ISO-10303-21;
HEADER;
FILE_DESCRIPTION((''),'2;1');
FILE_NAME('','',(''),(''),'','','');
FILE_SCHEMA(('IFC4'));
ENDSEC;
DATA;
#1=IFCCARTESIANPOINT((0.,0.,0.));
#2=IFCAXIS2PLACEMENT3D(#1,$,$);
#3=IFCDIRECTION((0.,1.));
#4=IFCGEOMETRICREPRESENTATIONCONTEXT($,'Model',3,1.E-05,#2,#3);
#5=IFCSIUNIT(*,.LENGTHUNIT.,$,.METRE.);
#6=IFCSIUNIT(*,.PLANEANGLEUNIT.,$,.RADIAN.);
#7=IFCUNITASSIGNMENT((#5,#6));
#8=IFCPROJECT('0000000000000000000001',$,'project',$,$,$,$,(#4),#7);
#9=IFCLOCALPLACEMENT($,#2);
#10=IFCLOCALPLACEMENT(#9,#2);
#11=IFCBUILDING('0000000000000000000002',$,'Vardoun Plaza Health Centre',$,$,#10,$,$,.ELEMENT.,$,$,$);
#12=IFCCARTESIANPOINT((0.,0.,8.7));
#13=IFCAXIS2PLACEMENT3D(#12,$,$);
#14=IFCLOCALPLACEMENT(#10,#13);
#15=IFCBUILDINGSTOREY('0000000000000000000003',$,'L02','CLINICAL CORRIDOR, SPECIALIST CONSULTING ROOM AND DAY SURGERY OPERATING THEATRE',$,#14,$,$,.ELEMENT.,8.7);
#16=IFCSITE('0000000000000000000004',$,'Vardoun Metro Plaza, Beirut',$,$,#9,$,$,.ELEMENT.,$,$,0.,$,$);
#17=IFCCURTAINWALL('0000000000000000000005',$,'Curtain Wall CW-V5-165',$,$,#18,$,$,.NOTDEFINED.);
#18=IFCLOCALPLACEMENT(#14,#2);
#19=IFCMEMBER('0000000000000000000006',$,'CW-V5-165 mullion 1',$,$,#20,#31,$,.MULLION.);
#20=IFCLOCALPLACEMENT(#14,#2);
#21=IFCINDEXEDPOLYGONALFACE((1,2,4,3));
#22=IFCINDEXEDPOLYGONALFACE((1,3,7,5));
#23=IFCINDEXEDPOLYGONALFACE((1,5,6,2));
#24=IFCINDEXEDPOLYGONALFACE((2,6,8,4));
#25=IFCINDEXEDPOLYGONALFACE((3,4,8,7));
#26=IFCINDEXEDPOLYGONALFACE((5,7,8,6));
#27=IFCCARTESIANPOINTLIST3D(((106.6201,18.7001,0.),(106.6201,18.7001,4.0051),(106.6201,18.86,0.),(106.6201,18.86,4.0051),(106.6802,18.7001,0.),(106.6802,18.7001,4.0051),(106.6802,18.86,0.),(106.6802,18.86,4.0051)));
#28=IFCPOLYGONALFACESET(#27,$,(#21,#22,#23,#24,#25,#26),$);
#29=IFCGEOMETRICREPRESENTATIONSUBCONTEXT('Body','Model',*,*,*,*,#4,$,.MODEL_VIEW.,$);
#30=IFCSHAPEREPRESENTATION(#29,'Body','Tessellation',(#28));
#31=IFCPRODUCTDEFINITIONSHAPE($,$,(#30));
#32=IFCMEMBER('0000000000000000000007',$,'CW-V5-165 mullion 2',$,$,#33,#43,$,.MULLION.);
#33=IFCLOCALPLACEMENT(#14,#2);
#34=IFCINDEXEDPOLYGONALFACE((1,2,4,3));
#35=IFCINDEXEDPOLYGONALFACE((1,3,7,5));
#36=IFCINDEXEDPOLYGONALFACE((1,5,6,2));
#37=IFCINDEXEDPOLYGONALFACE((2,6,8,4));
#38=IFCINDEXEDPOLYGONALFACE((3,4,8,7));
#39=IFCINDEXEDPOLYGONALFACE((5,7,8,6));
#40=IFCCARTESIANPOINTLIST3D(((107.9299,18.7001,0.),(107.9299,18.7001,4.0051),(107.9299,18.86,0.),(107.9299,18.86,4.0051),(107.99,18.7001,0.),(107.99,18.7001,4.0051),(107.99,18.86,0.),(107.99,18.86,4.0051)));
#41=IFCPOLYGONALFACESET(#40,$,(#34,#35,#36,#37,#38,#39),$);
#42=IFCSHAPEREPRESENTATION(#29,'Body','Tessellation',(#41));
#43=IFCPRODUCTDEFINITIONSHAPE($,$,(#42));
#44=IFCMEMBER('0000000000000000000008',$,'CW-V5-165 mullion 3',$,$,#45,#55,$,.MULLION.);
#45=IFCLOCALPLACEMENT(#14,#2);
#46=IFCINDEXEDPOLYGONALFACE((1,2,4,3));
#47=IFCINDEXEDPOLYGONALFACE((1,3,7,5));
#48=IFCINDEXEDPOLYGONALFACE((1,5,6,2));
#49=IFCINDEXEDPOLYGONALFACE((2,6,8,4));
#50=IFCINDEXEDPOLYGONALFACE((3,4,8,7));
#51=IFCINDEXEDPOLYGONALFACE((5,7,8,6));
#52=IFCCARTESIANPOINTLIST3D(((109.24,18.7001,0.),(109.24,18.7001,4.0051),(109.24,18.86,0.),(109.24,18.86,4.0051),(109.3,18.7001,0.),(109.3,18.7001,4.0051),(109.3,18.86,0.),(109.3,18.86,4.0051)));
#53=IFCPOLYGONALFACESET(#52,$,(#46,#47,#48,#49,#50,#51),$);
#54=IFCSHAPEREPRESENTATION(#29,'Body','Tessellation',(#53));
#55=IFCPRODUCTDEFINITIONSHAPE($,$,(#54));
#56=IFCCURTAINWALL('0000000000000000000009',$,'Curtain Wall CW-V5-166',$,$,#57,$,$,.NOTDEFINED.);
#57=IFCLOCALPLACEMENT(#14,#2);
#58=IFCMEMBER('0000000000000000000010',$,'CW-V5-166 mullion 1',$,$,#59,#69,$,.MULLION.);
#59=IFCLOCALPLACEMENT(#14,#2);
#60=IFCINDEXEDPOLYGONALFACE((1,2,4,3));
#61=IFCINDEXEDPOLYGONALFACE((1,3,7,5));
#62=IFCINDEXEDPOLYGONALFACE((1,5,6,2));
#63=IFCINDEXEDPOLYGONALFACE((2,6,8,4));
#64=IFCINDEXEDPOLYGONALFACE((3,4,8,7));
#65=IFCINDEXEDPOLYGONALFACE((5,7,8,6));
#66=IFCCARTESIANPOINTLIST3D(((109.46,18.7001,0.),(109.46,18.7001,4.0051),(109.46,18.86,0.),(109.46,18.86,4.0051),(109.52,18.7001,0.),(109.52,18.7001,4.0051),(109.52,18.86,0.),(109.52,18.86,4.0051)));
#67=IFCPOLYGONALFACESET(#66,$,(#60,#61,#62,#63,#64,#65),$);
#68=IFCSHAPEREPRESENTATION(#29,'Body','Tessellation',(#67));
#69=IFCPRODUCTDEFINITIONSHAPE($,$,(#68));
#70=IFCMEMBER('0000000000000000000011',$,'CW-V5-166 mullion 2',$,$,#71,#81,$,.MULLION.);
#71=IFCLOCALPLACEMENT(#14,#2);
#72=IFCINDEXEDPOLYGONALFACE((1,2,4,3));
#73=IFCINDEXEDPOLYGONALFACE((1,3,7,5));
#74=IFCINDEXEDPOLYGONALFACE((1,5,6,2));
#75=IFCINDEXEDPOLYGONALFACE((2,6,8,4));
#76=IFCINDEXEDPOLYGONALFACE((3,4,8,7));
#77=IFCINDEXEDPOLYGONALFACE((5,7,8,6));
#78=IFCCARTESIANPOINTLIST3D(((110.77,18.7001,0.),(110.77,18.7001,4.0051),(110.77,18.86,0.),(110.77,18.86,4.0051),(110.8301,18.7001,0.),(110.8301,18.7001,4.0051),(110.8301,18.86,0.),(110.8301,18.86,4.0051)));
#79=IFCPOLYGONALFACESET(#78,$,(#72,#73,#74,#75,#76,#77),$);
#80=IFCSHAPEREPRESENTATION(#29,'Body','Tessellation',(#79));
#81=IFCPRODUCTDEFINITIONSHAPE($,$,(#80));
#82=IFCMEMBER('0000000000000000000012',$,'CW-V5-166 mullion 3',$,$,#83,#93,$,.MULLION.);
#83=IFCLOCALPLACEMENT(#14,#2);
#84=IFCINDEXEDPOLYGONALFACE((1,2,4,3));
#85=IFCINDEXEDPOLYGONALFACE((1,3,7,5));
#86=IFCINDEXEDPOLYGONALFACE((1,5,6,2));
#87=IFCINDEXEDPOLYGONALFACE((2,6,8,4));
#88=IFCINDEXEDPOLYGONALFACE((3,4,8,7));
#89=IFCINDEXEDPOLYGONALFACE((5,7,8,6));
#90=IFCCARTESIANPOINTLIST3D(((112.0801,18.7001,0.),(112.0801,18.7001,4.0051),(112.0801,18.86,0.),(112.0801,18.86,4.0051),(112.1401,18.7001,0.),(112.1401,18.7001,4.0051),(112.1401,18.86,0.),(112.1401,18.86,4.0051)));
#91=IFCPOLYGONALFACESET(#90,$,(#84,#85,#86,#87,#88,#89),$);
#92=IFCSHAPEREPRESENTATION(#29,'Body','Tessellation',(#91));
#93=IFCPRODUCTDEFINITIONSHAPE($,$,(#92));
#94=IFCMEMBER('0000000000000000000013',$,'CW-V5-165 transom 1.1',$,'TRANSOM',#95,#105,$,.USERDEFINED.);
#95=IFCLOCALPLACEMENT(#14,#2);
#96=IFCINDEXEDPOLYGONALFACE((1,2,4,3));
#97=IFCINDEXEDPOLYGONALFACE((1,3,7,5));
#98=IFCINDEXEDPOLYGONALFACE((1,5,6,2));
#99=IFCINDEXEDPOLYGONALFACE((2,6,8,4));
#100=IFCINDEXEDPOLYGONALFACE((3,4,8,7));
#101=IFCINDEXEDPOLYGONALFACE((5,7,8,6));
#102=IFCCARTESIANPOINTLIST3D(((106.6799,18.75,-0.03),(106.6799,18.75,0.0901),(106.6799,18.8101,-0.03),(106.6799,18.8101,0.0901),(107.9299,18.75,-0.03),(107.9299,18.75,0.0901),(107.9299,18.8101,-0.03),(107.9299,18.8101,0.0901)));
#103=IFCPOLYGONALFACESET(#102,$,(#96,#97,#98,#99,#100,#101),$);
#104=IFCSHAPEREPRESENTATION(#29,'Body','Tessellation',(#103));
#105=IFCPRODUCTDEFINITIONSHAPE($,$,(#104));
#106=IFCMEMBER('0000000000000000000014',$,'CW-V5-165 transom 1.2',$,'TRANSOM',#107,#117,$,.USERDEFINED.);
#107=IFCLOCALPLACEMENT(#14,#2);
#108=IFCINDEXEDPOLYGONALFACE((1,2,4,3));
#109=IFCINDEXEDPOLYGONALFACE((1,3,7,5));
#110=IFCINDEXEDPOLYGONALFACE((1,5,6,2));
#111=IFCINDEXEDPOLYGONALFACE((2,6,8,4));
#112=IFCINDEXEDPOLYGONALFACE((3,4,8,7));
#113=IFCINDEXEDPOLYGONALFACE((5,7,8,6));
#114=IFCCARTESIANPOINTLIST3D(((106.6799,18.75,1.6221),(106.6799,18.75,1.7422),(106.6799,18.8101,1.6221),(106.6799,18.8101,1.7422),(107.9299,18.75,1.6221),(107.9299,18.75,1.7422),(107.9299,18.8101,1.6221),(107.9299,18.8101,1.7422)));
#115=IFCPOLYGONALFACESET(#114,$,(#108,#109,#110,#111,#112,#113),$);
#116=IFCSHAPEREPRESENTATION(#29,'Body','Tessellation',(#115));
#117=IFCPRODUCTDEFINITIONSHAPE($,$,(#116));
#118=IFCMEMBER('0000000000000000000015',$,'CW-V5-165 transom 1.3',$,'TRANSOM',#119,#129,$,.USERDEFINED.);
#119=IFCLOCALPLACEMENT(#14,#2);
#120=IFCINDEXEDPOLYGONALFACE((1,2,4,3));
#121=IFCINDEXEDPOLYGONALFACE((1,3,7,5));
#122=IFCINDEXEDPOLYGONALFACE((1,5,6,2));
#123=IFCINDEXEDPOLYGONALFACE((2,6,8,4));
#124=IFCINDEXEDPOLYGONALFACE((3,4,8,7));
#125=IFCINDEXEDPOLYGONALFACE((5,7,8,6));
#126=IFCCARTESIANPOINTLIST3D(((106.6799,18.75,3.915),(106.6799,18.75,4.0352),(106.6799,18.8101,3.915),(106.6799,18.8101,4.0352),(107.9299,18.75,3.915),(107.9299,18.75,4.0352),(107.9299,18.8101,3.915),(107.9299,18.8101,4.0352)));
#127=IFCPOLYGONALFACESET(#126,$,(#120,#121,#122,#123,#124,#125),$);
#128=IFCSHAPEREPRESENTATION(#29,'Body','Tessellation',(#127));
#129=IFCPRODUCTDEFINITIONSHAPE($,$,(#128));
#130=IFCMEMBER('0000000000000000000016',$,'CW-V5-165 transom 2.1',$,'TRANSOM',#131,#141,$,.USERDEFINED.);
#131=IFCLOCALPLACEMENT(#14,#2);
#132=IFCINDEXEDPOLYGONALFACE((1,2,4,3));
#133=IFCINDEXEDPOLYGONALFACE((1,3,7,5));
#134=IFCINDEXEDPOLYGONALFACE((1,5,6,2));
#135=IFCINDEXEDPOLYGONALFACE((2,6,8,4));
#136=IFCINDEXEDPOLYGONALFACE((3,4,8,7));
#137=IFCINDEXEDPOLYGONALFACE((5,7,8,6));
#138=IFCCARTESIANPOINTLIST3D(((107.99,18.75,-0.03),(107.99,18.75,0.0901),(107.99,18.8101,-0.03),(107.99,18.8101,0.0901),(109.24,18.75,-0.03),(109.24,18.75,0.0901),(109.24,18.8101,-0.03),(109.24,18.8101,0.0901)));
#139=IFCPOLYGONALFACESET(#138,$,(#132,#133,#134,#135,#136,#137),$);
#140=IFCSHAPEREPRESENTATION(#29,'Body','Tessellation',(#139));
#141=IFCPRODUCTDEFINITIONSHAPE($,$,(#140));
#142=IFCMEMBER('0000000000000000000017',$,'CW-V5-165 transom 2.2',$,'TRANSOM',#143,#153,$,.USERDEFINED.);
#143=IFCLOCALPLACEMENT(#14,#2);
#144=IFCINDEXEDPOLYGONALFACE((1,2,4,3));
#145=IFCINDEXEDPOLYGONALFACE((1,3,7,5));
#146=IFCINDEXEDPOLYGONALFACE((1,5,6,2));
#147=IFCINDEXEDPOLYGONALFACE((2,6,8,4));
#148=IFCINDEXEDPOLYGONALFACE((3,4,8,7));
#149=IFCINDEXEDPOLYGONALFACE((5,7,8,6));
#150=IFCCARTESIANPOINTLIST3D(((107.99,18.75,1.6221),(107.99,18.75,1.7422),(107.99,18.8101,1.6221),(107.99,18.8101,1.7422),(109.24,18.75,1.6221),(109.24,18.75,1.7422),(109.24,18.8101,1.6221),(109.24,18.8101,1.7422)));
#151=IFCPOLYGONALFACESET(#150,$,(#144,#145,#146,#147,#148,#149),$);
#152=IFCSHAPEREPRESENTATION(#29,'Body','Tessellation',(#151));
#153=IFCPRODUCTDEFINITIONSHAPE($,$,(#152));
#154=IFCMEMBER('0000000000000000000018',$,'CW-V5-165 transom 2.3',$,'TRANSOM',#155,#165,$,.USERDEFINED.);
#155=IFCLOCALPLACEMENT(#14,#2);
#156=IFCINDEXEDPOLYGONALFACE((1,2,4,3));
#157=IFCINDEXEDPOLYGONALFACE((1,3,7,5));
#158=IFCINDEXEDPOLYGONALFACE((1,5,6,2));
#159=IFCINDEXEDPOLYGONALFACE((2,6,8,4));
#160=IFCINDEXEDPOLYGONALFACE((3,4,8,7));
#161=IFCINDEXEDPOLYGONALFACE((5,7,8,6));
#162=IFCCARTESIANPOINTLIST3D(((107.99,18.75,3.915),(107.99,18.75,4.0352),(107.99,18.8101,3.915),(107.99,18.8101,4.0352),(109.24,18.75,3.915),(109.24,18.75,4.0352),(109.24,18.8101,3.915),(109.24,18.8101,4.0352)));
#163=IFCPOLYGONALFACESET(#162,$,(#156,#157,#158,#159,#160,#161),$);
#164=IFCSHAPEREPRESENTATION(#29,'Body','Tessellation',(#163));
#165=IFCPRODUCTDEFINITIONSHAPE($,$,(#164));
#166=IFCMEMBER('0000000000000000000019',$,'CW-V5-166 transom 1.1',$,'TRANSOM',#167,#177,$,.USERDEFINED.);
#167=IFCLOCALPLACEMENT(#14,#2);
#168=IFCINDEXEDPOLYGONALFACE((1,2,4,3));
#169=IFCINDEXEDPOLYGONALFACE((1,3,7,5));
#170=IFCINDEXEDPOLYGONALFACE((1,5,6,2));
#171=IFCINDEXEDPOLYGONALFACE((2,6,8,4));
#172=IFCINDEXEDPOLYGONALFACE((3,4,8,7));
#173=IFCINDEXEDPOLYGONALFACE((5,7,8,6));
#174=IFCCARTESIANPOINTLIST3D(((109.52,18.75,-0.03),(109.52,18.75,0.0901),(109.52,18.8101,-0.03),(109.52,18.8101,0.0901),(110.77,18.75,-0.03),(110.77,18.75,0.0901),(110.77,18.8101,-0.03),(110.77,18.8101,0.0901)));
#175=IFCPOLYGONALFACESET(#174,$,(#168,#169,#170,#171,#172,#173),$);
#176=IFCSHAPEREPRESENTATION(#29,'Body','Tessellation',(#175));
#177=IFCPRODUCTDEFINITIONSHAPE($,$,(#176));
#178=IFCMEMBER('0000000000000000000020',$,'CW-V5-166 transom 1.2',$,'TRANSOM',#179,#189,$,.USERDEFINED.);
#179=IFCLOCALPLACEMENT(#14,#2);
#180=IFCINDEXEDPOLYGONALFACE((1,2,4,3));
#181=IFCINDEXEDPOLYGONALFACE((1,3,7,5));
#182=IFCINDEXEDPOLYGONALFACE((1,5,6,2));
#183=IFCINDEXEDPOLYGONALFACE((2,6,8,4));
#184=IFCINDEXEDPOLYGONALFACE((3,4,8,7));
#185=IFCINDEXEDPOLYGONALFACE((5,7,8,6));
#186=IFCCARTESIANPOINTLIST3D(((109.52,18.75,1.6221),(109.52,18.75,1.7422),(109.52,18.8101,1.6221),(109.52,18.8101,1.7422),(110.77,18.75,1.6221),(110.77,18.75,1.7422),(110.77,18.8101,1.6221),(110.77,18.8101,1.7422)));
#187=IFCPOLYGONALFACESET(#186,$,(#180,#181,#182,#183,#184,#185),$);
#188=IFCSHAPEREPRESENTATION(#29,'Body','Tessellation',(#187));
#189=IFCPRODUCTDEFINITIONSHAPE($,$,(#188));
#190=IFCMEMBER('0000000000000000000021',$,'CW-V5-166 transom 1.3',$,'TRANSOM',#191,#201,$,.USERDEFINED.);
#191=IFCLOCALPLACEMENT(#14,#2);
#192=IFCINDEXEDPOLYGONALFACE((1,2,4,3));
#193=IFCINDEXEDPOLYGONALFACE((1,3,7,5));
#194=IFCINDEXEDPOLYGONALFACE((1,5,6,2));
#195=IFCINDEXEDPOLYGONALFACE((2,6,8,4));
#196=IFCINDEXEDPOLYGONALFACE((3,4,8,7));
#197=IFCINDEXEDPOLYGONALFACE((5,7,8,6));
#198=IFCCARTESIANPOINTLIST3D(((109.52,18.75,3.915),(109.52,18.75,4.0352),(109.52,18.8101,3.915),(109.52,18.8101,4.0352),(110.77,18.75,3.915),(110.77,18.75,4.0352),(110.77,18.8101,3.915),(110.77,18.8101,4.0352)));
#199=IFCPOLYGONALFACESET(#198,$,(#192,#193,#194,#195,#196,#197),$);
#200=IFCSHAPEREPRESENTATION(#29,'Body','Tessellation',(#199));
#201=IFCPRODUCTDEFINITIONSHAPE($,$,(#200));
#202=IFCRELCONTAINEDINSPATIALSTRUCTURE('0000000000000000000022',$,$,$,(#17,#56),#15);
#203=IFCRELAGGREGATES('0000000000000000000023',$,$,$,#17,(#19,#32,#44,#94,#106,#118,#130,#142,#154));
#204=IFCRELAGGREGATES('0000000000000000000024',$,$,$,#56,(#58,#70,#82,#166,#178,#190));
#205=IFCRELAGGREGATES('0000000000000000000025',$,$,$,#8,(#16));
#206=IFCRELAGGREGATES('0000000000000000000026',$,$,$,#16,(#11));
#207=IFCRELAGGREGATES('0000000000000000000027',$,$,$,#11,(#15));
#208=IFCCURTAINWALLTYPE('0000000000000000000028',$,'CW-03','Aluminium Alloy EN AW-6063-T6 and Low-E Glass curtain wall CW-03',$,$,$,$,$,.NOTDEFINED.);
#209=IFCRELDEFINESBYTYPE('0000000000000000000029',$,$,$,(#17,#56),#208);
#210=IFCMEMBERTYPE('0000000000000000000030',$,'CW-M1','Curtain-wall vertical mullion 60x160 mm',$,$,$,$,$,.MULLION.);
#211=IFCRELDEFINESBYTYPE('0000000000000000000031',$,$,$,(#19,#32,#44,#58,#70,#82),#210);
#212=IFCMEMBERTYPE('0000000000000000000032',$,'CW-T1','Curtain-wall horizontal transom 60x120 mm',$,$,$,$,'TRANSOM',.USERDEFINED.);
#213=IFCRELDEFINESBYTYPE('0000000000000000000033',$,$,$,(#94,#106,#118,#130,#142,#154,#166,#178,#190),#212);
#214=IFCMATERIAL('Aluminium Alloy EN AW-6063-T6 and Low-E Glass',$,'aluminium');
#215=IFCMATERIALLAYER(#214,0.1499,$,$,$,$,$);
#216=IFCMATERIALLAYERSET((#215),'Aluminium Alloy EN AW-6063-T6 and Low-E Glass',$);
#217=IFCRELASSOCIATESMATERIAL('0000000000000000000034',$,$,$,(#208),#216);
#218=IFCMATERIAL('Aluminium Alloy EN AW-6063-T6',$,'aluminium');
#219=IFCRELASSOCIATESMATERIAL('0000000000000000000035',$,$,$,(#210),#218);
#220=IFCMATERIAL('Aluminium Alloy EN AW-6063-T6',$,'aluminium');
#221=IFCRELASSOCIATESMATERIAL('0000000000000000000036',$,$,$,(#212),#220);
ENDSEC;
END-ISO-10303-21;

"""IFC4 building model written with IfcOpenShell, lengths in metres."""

from ifc_helpers import new_model, si_unit, direction, frame, origin, origin_2d, place, context, subcontext, project, spatial, rectangle, extrude, material, layer, layer_set, material_profile, profile_set, type_object, element, aggregate, save


model = new_model("IFC4")

# Units and contexts
model_context = context("Model", 3, precision=1e-05, world=origin(), true_north=direction((0.0, 1.0)))
body_context = subcontext(model_context, "Body", "Model", "MODEL_VIEW")
ifc_project = project(units=[si_unit("LENGTHUNIT", "METRE"), si_unit("PLANEANGLEUNIT", "RADIAN")], contexts=[model_context])

# Site, building, storey
site_placement = place(None, origin())
site = spatial("IfcSite", under=ifc_project, at=site_placement, Name="Vardoun Metro Plaza, Beirut", CompositionType="ELEMENT", RefElevation=0.0)
building_placement = place(site_placement, origin())
building = spatial("IfcBuilding", under=site, at=building_placement, Name="Vardoun Plaza Health Centre", CompositionType="ELEMENT")
storey_placement = place(building_placement, frame((0.0, 0.0, 8.7)))
storey = spatial("IfcBuildingStorey", under=building, at=storey_placement, Name="L02", Description="CLINICAL CORRIDOR, SPECIALIST CONSULTING ROOM AND DAY SURGERY OPERATING THEATRE", CompositionType="ELEMENT", Elevation=8.7)

# Curtain walls, members
ifc_material_1 = material(Name="Aluminium Alloy EN AW-6063-T6 and Low-E Glass", Category="aluminium")
ifc_layer_1 = layer(ifc_material_1, 0.1499)
ifc_layer_set_1 = layer_set([ifc_layer_1], Name="Aluminium Alloy EN AW-6063-T6 and Low-E Glass")
curtain_wall_type = type_object("IfcCurtainWallType", Name="CW-03", Description="Aluminium Alloy EN AW-6063-T6 and Low-E Glass curtain wall CW-03", PredefinedType="NOTDEFINED", material=ifc_layer_set_1)
curtain_wall_1_placement = place(storey_placement, origin())
curtain_wall_1 = element("IfcCurtainWall", 1, at=curtain_wall_1_placement, inside=storey, type_object=curtain_wall_type, Name="Curtain Wall CW-V5-165", PredefinedType="NOTDEFINED")
ifc_material_2 = material(Name="Aluminium Alloy EN AW-6063-T6", Category="aluminium")
ifc_material_profile_1 = material_profile(ifc_material_2, rectangle(XDim=0.1599, YDim=0.0601, at=origin_2d()), Name="CWM 60x160")
ifc_profile_set_1 = profile_set([ifc_material_profile_1], Name="Aluminium Alloy EN AW-6063-T6")
member_type_1 = type_object("IfcMemberType", Name="CW-M1", Description="Curtain-wall vertical mullion 60x160 mm", PredefinedType="MULLION", material=ifc_profile_set_1)
member_1_placement = place(storey_placement, frame((106.6501, 18.78, 0.0), z_axis=(0.0, 0.0, 1.0), x_axis=(0.0, 1.0, 0.0)))
member_1 = element("IfcMember", 2, at=member_1_placement, type_object=member_type_1, Name="CW-V5-165 mullion 1", PredefinedType="MULLION", context=body_context, shape_type="SweptSolid", body=[
    extrude(rectangle(XDim=0.1599, YDim=0.0601, at=origin_2d()), origin(), (0.0, 0.0, 1.0), 4.0051),
])
member_2_placement = place(storey_placement, frame((107.96, 18.78, 0.0), z_axis=(0.0, 0.0, 1.0), x_axis=(0.0, 1.0, 0.0)))
member_2 = element("IfcMember", 3, at=member_2_placement, type_object=member_type_1, Name="CW-V5-165 mullion 2", PredefinedType="MULLION", context=body_context, shape_type="SweptSolid", body=[
    extrude(rectangle(XDim=0.1599, YDim=0.0601, at=origin_2d()), origin(), (0.0, 0.0, 1.0), 4.0051),
])
member_3_placement = place(storey_placement, frame((109.27, 18.78, 0.0), z_axis=(0.0, 0.0, 1.0), x_axis=(0.0, 1.0, 0.0)))
member_3 = element("IfcMember", 4, at=member_3_placement, type_object=member_type_1, Name="CW-V5-165 mullion 3", PredefinedType="MULLION", context=body_context, shape_type="SweptSolid", body=[
    extrude(rectangle(XDim=0.1599, YDim=0.0601, at=origin_2d()), origin(), (0.0, 0.0, 1.0), 4.0051),
])
curtain_wall_2_placement = place(storey_placement, origin())
curtain_wall_2 = element("IfcCurtainWall", 5, at=curtain_wall_2_placement, inside=storey, type_object=curtain_wall_type, Name="Curtain Wall CW-V5-166", PredefinedType="NOTDEFINED")
member_4_placement = place(storey_placement, frame((109.49, 18.78, 0.0), z_axis=(0.0, 0.0, 1.0), x_axis=(0.0, 1.0, 0.0)))
member_4 = element("IfcMember", 6, at=member_4_placement, type_object=member_type_1, Name="CW-V5-166 mullion 1", PredefinedType="MULLION", context=body_context, shape_type="SweptSolid", body=[
    extrude(rectangle(XDim=0.1599, YDim=0.0601, at=origin_2d()), origin(), (0.0, 0.0, 1.0), 4.0051),
])
member_5_placement = place(storey_placement, frame((110.8, 18.78, 0.0), z_axis=(0.0, 0.0, 1.0), x_axis=(0.0, 1.0, 0.0)))
member_5 = element("IfcMember", 7, at=member_5_placement, type_object=member_type_1, Name="CW-V5-166 mullion 2", PredefinedType="MULLION", context=body_context, shape_type="SweptSolid", body=[
    extrude(rectangle(XDim=0.1599, YDim=0.0601, at=origin_2d()), origin(), (0.0, 0.0, 1.0), 4.0051),
])
member_6_placement = place(storey_placement, frame((112.1101, 18.78, 0.0), z_axis=(0.0, 0.0, 1.0), x_axis=(0.0, 1.0, 0.0)))
member_6 = element("IfcMember", 8, at=member_6_placement, type_object=member_type_1, Name="CW-V5-166 mullion 3", PredefinedType="MULLION", context=body_context, shape_type="SweptSolid", body=[
    extrude(rectangle(XDim=0.1599, YDim=0.0601, at=origin_2d()), origin(), (0.0, 0.0, 1.0), 4.0051),
])

# Members
ifc_material_3 = material(Name="Aluminium Alloy EN AW-6063-T6", Category="aluminium")
ifc_material_profile_2 = material_profile(ifc_material_3, rectangle(XDim=0.0601, YDim=0.1201, at=origin_2d()), Name="CWT 60x120")
ifc_profile_set_2 = profile_set([ifc_material_profile_2], Name="Aluminium Alloy EN AW-6063-T6")
member_type_2 = type_object("IfcMemberType", Name="CW-T1", Description="Curtain-wall horizontal transom 60x120 mm", ElementType="TRANSOM", PredefinedType="USERDEFINED", material=ifc_profile_set_2)
member_7_placement = place(storey_placement, frame((106.6799, 18.78, 0.03), z_axis=(1.0, 0.0, 0.0), x_axis=(0.0, 1.0, 0.0)))
member_7 = element("IfcMember", 9, at=member_7_placement, type_object=member_type_2, Name="CW-V5-165 transom 1.1", ObjectType="TRANSOM", PredefinedType="USERDEFINED", context=body_context, shape_type="SweptSolid", body=[
    extrude(rectangle(XDim=0.0601, YDim=0.1201, at=origin_2d()), origin(), (0.0, 0.0, 1.0), 1.25),
])
member_8_placement = place(storey_placement, frame((106.6799, 18.78, 1.6821), z_axis=(1.0, 0.0, 0.0), x_axis=(0.0, 1.0, 0.0)))
member_8 = element("IfcMember", 10, at=member_8_placement, type_object=member_type_2, Name="CW-V5-165 transom 1.2", ObjectType="TRANSOM", PredefinedType="USERDEFINED", context=body_context, shape_type="SweptSolid", body=[
    extrude(rectangle(XDim=0.0601, YDim=0.1201, at=origin_2d()), origin(), (0.0, 0.0, 1.0), 1.25),
])
member_9_placement = place(storey_placement, frame((106.6799, 18.78, 3.9751), z_axis=(1.0, 0.0, 0.0), x_axis=(0.0, 1.0, 0.0)))
member_9 = element("IfcMember", 11, at=member_9_placement, type_object=member_type_2, Name="CW-V5-165 transom 1.3", ObjectType="TRANSOM", PredefinedType="USERDEFINED", context=body_context, shape_type="SweptSolid", body=[
    extrude(rectangle(XDim=0.0601, YDim=0.1201, at=origin_2d()), origin(), (0.0, 0.0, 1.0), 1.25),
])
member_10_placement = place(storey_placement, frame((107.99, 18.78, 0.03), z_axis=(1.0, 0.0, 0.0), x_axis=(0.0, 1.0, 0.0)))
member_10 = element("IfcMember", 12, at=member_10_placement, type_object=member_type_2, Name="CW-V5-165 transom 2.1", ObjectType="TRANSOM", PredefinedType="USERDEFINED", context=body_context, shape_type="SweptSolid", body=[
    extrude(rectangle(XDim=0.0601, YDim=0.1201, at=origin_2d()), origin(), (0.0, 0.0, 1.0), 1.25),
])
member_11_placement = place(storey_placement, frame((107.99, 18.78, 1.6821), z_axis=(1.0, 0.0, 0.0), x_axis=(0.0, 1.0, 0.0)))
member_11 = element("IfcMember", 13, at=member_11_placement, type_object=member_type_2, Name="CW-V5-165 transom 2.2", ObjectType="TRANSOM", PredefinedType="USERDEFINED", context=body_context, shape_type="SweptSolid", body=[
    extrude(rectangle(XDim=0.0601, YDim=0.1201, at=origin_2d()), origin(), (0.0, 0.0, 1.0), 1.25),
])
member_12_placement = place(storey_placement, frame((107.99, 18.78, 3.9751), z_axis=(1.0, 0.0, 0.0), x_axis=(0.0, 1.0, 0.0)))
member_12 = element("IfcMember", 14, at=member_12_placement, type_object=member_type_2, Name="CW-V5-165 transom 2.3", ObjectType="TRANSOM", PredefinedType="USERDEFINED", context=body_context, shape_type="SweptSolid", body=[
    extrude(rectangle(XDim=0.0601, YDim=0.1201, at=origin_2d()), origin(), (0.0, 0.0, 1.0), 1.25),
])
member_13_placement = place(storey_placement, frame((109.52, 18.78, 0.03), z_axis=(1.0, 0.0, 0.0), x_axis=(0.0, 1.0, 0.0)))
member_13 = element("IfcMember", 15, at=member_13_placement, type_object=member_type_2, Name="CW-V5-166 transom 1.1", ObjectType="TRANSOM", PredefinedType="USERDEFINED", context=body_context, shape_type="SweptSolid", body=[
    extrude(rectangle(XDim=0.0601, YDim=0.1201, at=origin_2d()), origin(), (0.0, 0.0, 1.0), 1.25),
])
member_14_placement = place(storey_placement, frame((109.52, 18.78, 1.6821), z_axis=(1.0, 0.0, 0.0), x_axis=(0.0, 1.0, 0.0)))
member_14 = element("IfcMember", 16, at=member_14_placement, type_object=member_type_2, Name="CW-V5-166 transom 1.2", ObjectType="TRANSOM", PredefinedType="USERDEFINED", context=body_context, shape_type="SweptSolid", body=[
    extrude(rectangle(XDim=0.0601, YDim=0.1201, at=origin_2d()), origin(), (0.0, 0.0, 1.0), 1.25),
])
member_15_placement = place(storey_placement, frame((109.52, 18.78, 3.9751), z_axis=(1.0, 0.0, 0.0), x_axis=(0.0, 1.0, 0.0)))
member_15 = element("IfcMember", 17, at=member_15_placement, type_object=member_type_2, Name="CW-V5-166 transom 1.3", ObjectType="TRANSOM", PredefinedType="USERDEFINED", context=body_context, shape_type="SweptSolid", body=[
    extrude(rectangle(XDim=0.0601, YDim=0.1201, at=origin_2d()), origin(), (0.0, 0.0, 1.0), 1.25),
])

aggregate(curtain_wall_1, [member_1, member_2, member_3, member_7, member_8, member_9, member_10, member_11, member_12])
aggregate(curtain_wall_2, [member_4, member_5, member_6, member_13, member_14, member_15])

save(model, "model.ifc")
